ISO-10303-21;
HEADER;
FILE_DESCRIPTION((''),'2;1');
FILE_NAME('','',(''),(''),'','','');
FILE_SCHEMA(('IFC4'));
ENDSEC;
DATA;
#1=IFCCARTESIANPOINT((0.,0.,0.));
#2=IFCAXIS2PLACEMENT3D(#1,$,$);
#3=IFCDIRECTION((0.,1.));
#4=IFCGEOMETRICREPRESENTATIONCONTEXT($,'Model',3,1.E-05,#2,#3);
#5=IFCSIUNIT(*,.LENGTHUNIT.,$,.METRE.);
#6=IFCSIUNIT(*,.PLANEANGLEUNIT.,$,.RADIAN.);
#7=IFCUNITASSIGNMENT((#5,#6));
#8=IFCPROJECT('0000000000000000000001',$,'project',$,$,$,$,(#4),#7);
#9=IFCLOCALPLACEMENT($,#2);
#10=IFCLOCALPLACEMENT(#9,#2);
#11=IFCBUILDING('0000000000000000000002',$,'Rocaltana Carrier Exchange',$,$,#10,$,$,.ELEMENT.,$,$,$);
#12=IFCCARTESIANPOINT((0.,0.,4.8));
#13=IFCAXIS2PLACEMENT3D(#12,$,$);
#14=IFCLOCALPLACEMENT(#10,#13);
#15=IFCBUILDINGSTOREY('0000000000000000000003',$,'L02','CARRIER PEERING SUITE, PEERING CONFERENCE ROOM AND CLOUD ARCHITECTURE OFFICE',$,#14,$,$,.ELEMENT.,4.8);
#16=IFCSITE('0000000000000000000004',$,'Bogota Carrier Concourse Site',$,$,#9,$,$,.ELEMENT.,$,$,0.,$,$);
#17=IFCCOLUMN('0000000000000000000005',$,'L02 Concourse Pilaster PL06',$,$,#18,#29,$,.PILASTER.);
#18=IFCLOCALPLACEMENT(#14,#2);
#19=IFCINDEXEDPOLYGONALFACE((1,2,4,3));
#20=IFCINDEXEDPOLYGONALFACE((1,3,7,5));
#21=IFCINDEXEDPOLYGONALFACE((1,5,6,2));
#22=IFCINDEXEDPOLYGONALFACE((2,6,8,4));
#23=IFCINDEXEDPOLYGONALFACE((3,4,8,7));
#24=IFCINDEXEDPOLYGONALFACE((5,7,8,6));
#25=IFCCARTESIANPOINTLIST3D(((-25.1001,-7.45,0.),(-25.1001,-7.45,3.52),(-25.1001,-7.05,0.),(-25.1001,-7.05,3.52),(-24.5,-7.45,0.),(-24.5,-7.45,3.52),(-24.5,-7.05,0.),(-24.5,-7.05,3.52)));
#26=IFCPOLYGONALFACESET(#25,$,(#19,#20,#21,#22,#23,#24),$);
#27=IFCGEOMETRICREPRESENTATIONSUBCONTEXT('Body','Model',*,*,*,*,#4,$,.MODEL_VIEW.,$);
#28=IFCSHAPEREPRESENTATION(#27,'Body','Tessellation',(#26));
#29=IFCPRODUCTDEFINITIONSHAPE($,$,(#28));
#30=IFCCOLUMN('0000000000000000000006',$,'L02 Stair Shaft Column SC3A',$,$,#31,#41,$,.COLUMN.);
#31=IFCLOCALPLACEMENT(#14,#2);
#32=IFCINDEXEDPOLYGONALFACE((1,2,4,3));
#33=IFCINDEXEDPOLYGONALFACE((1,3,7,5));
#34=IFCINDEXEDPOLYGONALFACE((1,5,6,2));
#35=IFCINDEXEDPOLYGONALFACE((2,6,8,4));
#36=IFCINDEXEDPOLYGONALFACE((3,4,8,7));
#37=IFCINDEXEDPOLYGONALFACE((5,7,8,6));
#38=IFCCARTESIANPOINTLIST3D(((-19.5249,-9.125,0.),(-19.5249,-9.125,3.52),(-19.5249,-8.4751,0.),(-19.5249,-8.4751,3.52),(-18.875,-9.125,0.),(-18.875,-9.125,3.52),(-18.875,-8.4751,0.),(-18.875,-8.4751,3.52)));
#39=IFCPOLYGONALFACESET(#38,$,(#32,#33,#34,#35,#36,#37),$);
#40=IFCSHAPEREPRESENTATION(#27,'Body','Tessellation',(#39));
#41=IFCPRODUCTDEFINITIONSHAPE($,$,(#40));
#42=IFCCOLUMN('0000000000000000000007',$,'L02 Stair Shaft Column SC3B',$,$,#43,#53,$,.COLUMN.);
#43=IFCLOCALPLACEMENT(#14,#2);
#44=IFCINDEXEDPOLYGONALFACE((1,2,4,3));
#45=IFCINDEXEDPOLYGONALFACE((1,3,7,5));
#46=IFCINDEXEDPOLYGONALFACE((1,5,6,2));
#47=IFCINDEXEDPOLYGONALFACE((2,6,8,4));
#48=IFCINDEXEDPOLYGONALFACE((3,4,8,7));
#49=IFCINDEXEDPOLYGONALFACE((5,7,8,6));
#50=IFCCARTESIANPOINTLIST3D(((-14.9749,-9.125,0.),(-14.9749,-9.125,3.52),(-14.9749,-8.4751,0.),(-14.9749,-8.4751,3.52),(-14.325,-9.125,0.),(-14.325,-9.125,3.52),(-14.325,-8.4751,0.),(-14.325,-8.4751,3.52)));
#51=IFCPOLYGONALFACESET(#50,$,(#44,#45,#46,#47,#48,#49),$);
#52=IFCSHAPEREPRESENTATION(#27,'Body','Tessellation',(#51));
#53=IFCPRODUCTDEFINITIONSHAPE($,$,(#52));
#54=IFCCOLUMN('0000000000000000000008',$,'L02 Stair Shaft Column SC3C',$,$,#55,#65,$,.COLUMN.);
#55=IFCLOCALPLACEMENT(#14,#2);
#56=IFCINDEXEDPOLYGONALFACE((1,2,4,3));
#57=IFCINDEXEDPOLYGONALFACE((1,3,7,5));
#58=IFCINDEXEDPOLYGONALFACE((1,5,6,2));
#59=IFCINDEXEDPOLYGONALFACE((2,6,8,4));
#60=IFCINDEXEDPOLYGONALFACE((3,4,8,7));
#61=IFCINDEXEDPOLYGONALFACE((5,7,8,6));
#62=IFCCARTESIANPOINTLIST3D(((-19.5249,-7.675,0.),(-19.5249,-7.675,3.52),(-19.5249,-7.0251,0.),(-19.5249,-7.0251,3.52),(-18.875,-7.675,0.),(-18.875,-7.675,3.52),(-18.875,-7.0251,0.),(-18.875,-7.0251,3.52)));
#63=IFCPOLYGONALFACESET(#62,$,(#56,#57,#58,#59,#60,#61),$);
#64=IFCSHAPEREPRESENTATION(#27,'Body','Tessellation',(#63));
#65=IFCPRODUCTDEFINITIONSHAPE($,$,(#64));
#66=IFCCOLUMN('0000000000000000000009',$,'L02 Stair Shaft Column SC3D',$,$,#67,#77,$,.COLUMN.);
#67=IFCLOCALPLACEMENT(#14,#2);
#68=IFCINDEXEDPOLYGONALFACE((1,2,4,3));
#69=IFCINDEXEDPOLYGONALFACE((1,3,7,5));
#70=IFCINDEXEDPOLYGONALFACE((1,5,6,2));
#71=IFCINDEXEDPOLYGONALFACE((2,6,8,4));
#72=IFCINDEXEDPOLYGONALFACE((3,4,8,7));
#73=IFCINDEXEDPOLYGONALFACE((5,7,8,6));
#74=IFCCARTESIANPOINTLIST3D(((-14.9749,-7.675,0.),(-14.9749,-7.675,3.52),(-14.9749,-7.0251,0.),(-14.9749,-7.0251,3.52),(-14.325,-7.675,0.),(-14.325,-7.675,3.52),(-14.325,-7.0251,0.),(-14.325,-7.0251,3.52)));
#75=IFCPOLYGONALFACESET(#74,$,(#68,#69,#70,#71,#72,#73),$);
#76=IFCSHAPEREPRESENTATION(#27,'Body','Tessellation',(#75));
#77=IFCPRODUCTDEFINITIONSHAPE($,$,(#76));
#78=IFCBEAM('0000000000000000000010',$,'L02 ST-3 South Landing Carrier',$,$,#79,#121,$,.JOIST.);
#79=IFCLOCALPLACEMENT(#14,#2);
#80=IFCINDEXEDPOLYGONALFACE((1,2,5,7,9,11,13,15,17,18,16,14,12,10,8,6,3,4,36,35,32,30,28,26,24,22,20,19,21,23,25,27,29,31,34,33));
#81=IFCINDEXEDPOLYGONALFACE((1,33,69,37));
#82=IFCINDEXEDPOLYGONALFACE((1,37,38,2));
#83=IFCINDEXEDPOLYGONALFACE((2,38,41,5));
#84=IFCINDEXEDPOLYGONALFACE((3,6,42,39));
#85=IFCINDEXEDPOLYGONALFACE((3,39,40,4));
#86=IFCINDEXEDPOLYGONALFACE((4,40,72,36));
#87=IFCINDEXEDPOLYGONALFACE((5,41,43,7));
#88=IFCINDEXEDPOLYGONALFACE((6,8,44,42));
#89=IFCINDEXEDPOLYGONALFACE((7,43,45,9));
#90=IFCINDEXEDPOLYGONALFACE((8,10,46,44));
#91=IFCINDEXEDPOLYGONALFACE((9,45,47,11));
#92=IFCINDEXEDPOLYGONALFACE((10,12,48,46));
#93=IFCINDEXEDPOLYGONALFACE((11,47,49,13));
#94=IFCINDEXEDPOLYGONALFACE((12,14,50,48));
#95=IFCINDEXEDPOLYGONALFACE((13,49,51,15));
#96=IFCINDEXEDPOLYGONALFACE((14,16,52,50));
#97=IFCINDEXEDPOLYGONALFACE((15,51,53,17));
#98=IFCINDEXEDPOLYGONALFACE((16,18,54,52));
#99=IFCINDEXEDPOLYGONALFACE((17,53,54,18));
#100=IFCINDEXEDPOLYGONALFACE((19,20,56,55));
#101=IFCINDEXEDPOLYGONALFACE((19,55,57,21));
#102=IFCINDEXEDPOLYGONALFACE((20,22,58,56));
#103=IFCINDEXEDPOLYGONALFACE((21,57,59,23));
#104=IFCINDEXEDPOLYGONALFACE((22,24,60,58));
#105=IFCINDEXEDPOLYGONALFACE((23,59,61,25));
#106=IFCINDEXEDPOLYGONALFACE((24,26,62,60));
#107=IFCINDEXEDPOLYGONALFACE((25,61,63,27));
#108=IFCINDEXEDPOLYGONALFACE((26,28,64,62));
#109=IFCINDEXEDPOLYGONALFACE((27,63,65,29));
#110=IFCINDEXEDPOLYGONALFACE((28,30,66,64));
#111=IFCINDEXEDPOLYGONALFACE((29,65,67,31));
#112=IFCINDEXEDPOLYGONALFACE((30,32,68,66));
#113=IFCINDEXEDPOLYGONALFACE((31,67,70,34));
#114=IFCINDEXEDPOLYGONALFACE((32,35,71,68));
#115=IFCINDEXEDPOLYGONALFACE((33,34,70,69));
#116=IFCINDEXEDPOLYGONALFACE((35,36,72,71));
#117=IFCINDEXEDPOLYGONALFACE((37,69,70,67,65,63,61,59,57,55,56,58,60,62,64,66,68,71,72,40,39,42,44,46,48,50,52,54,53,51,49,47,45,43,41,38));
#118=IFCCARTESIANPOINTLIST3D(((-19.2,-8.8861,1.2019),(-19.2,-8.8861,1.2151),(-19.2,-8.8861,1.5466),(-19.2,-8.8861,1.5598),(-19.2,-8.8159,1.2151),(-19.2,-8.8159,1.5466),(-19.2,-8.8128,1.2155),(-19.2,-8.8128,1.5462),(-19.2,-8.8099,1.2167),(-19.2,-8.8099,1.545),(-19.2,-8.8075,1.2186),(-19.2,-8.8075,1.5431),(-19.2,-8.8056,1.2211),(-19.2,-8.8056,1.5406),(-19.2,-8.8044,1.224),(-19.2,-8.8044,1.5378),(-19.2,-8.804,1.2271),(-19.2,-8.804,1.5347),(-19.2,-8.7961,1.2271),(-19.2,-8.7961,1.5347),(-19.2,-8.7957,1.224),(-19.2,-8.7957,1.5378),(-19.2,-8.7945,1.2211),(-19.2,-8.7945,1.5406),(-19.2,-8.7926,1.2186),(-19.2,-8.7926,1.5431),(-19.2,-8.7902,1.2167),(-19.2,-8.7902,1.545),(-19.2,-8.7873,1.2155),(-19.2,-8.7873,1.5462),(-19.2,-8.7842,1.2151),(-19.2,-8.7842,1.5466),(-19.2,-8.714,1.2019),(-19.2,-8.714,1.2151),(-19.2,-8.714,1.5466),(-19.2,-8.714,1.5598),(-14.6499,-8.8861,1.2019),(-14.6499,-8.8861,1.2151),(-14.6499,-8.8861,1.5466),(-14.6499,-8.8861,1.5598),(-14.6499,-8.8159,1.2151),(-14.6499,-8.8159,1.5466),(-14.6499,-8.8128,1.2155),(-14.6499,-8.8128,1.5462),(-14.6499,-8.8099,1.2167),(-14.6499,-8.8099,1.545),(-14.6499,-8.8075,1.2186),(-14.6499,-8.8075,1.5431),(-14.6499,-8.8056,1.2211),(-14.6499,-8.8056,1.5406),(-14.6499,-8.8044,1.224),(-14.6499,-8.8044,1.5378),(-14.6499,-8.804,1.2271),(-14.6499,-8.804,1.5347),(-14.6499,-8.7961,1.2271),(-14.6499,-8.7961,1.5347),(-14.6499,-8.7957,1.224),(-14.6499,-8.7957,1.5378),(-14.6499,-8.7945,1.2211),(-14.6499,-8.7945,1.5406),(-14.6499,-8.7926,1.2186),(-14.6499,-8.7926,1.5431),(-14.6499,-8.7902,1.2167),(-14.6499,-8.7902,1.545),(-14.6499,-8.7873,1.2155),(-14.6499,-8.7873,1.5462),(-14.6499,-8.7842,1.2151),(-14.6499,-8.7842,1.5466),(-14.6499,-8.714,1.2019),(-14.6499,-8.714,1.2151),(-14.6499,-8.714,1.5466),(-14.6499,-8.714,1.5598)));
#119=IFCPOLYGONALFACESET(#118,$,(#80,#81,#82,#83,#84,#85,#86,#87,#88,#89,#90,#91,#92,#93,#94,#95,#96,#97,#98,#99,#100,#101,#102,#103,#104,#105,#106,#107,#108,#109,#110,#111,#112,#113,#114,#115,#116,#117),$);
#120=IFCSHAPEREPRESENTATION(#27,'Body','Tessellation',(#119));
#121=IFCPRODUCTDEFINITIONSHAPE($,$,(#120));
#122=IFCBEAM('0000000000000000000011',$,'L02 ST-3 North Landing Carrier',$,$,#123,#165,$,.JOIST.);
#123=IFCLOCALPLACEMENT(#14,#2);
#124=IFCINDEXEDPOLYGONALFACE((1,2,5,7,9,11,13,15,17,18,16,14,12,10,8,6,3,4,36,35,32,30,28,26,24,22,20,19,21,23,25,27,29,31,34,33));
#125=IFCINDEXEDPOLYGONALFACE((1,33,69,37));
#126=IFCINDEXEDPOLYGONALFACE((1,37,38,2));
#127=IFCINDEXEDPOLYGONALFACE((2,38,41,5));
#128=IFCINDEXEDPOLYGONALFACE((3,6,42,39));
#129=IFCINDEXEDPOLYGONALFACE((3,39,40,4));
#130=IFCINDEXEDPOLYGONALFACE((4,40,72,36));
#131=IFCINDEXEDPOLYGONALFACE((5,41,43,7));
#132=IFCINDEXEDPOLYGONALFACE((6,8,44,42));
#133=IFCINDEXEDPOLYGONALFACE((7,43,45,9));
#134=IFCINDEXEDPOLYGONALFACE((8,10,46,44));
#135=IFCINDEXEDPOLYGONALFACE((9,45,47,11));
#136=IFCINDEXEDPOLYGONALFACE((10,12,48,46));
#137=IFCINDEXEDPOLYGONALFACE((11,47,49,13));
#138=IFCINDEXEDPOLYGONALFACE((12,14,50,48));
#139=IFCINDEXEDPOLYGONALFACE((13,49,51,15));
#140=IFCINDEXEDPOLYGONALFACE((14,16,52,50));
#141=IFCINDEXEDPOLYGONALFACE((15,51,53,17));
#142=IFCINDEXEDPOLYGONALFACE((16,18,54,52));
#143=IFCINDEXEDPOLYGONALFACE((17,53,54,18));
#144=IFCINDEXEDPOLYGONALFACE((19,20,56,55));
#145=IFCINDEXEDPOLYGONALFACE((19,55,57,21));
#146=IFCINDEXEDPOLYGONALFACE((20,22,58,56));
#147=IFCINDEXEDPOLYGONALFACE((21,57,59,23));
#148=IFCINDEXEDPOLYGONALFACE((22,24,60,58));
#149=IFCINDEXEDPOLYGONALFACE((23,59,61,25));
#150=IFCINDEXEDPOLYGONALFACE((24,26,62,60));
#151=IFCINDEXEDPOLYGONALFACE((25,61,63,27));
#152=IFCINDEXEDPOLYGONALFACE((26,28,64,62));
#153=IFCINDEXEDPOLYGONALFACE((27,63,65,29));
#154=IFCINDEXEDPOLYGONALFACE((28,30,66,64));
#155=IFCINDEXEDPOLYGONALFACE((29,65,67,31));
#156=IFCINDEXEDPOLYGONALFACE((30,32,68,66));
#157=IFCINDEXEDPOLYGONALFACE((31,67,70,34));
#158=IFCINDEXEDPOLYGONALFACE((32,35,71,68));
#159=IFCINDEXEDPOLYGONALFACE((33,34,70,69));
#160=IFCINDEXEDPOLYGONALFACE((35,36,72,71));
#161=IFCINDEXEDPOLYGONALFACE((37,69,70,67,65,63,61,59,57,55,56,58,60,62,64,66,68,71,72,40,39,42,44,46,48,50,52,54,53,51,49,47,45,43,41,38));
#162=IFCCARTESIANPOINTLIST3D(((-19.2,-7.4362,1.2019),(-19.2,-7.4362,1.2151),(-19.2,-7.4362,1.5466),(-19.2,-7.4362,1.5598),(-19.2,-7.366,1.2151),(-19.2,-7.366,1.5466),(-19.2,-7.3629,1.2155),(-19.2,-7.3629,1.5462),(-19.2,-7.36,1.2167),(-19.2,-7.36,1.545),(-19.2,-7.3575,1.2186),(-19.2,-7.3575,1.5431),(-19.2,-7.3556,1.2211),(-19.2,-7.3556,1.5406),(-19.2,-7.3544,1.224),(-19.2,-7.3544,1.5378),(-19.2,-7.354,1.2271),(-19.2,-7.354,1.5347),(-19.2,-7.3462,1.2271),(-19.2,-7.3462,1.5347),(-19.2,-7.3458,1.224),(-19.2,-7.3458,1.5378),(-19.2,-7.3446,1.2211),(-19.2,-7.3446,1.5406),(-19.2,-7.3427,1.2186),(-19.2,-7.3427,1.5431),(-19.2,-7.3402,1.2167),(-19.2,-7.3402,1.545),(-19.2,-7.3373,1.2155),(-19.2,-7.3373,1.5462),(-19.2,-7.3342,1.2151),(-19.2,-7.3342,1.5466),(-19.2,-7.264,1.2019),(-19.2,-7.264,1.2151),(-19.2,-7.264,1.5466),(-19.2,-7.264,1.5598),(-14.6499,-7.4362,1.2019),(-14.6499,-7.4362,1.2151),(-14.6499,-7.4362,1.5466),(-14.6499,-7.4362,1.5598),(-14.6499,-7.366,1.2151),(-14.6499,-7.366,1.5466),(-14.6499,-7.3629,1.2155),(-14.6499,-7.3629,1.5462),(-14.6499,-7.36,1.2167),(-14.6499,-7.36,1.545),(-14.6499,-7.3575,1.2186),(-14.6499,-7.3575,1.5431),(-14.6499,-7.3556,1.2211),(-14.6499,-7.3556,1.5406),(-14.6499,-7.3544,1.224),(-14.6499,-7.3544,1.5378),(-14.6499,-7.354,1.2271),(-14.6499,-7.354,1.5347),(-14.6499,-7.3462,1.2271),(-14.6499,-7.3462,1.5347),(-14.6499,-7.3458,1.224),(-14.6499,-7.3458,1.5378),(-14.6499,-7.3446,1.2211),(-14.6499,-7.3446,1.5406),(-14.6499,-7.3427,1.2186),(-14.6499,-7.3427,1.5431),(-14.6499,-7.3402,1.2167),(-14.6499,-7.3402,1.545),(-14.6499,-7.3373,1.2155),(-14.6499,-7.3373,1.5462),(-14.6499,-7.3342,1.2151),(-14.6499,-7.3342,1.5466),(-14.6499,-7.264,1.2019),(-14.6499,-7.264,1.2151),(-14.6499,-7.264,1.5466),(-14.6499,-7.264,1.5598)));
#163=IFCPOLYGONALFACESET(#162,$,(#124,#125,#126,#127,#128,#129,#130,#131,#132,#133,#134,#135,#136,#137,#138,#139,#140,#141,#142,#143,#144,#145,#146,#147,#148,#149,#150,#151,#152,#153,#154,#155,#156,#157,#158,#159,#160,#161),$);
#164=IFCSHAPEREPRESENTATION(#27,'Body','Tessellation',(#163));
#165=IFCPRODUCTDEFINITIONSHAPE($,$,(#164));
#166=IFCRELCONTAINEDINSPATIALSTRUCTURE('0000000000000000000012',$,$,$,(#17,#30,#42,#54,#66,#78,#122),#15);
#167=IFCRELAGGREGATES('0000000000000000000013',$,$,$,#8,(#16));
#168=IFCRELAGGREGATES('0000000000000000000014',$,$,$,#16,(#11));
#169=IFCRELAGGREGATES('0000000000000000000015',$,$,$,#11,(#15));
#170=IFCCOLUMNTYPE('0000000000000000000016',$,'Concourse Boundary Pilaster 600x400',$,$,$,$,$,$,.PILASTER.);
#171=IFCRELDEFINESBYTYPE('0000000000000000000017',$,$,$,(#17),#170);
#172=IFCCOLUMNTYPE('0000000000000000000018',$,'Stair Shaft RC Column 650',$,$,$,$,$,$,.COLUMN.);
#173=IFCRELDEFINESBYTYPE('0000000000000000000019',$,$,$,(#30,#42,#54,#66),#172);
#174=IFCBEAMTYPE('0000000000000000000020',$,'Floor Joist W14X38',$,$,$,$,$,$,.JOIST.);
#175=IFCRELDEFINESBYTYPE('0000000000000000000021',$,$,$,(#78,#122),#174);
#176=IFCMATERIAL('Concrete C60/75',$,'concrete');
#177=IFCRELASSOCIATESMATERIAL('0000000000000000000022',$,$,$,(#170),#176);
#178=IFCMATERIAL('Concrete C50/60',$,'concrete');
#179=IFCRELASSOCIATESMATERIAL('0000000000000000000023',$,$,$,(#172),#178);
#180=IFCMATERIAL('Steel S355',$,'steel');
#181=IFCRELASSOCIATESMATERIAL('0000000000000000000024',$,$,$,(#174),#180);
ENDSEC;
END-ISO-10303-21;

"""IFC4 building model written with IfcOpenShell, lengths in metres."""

from ifc_helpers import new_model, si_unit, direction, frame, origin, origin_2d, place, context, subcontext, project, spatial, rectangle, i_section, extrude, material, material_profile, profile_set, type_object, element, save


model = new_model("IFC4")

# Units and contexts
model_context = context("Model", 3, precision=1e-05, world=origin(), true_north=direction((0.0, 1.0)))
body_context = subcontext(model_context, "Body", "Model", "MODEL_VIEW")
ifc_project = project(units=[si_unit("LENGTHUNIT", "METRE"), si_unit("PLANEANGLEUNIT", "RADIAN")], contexts=[model_context])

# Site, building, storey
site_placement = place(None, origin())
site = spatial("IfcSite", under=ifc_project, at=site_placement, Name="Bogota Carrier Concourse Site", CompositionType="ELEMENT", RefElevation=0.0)
building_placement = place(site_placement, origin())
building = spatial("IfcBuilding", under=site, at=building_placement, Name="Rocaltana Carrier Exchange", CompositionType="ELEMENT")
storey_placement = place(building_placement, frame((0.0, 0.0, 4.8)))
storey = spatial("IfcBuildingStorey", under=building, at=storey_placement, Name="L02", Description="CARRIER PEERING SUITE, PEERING CONFERENCE ROOM AND CLOUD ARCHITECTURE OFFICE", CompositionType="ELEMENT", Elevation=4.8)

# Columns
ifc_material_1 = material(Name="Concrete C60/75", Category="concrete")
ifc_material_profile_1 = material_profile(ifc_material_1, rectangle(XDim=0.6001, YDim=0.3999, at=origin_2d()), Name="RC-PIL-600X400")
ifc_profile_set_1 = profile_set([ifc_material_profile_1], Name="Concrete C60/75")
column_type_1 = type_object("IfcColumnType", Name="Concourse Boundary Pilaster 600x400", PredefinedType="PILASTER", material=ifc_profile_set_1)
column_placement = place(storey_placement, frame((-24.8, -7.25, 0.0), z_axis=(0.0, 0.0, 1.0), x_axis=(1.0, 0.0, 0.0)))
element("IfcColumn", 1, at=column_placement, inside=storey, type_object=column_type_1, Name="L02 Concourse Pilaster PL06", PredefinedType="PILASTER", context=body_context, shape_type="SweptSolid", body=[
    extrude(rectangle(XDim=0.6001, YDim=0.3999, at=origin_2d()), origin(), (0.0, 0.0, 1.0), 3.52),
])
ifc_material_2 = material(Name="Concrete C50/60", Category="concrete")
ifc_material_profile_2 = material_profile(ifc_material_2, rectangle(XDim=0.6499, YDim=0.6499, at=origin_2d()), Name="RC-COL-650X650")
ifc_profile_set_2 = profile_set([ifc_material_profile_2], Name="Concrete C50/60")
column_type_2 = type_object("IfcColumnType", Name="Stair Shaft RC Column 650", PredefinedType="COLUMN", material=ifc_profile_set_2)
for number, where, z_axis, x_axis, name in (
    (2, (-19.2, -8.8, 0.0), (0.0, 0.0, 1.0), (1.0, 0.0, 0.0), "L02 Stair Shaft Column SC3A"),
    (3, (-14.6499, -8.8, 0.0), (0.0, 0.0, 1.0), (1.0, 0.0, 0.0), "L02 Stair Shaft Column SC3B"),
    (4, (-19.2, -7.3501, 0.0), (0.0, 0.0, 1.0), (1.0, 0.0, 0.0), "L02 Stair Shaft Column SC3C"),
    (5, (-14.6499, -7.3501, 0.0), (0.0, 0.0, 1.0), (1.0, 0.0, 0.0), "L02 Stair Shaft Column SC3D"),
):
    element("IfcColumn", number, at=place(storey_placement, frame(where, z_axis=z_axis, x_axis=x_axis)), inside=storey, type_object=column_type_2, Name=name, PredefinedType="COLUMN", context=body_context, shape_type="SweptSolid", body=[
        extrude(rectangle(XDim=0.6499, YDim=0.6499, at=origin_2d()), origin(), (0.0, 0.0, 1.0), 3.52),
    ])

# Beams
ifc_material_3 = material(Name="Steel S355", Category="steel")
ifc_material_profile_3 = material_profile(ifc_material_3, i_section(OverallWidth=0.1721, OverallDepth=0.3579, WebThickness=0.0078, FlangeThickness=0.0132, FilletRadius=0.012, at=origin_2d()), Name="W14X38")
ifc_profile_set_3 = profile_set([ifc_material_profile_3], Name="Steel S355")
beam_type = type_object("IfcBeamType", Name="Floor Joist W14X38", PredefinedType="JOIST", material=ifc_profile_set_3)
for number, where, z_axis, x_axis, name in (
    (6, (-19.2, -8.8, 1.3809), (1.0, 0.0, 0.0), (0.0, 1.0, 0.0), "L02 ST-3 South Landing Carrier"),
    (7, (-19.2, -7.3501, 1.3809), (1.0, 0.0, 0.0), (0.0, 1.0, 0.0), "L02 ST-3 North Landing Carrier"),
):
    element("IfcBeam", number, at=place(storey_placement, frame(where, z_axis=z_axis, x_axis=x_axis)), inside=storey, type_object=beam_type, Name=name, PredefinedType="JOIST", context=body_context, shape_type="SweptSolid", body=[
        extrude(i_section(OverallWidth=0.1721, OverallDepth=0.3579, WebThickness=0.0078, FlangeThickness=0.0132, FilletRadius=0.012, at=origin_2d()), origin(), (0.0, 0.0, 1.0), 4.55),
    ])

save(model, "model.ifc")
